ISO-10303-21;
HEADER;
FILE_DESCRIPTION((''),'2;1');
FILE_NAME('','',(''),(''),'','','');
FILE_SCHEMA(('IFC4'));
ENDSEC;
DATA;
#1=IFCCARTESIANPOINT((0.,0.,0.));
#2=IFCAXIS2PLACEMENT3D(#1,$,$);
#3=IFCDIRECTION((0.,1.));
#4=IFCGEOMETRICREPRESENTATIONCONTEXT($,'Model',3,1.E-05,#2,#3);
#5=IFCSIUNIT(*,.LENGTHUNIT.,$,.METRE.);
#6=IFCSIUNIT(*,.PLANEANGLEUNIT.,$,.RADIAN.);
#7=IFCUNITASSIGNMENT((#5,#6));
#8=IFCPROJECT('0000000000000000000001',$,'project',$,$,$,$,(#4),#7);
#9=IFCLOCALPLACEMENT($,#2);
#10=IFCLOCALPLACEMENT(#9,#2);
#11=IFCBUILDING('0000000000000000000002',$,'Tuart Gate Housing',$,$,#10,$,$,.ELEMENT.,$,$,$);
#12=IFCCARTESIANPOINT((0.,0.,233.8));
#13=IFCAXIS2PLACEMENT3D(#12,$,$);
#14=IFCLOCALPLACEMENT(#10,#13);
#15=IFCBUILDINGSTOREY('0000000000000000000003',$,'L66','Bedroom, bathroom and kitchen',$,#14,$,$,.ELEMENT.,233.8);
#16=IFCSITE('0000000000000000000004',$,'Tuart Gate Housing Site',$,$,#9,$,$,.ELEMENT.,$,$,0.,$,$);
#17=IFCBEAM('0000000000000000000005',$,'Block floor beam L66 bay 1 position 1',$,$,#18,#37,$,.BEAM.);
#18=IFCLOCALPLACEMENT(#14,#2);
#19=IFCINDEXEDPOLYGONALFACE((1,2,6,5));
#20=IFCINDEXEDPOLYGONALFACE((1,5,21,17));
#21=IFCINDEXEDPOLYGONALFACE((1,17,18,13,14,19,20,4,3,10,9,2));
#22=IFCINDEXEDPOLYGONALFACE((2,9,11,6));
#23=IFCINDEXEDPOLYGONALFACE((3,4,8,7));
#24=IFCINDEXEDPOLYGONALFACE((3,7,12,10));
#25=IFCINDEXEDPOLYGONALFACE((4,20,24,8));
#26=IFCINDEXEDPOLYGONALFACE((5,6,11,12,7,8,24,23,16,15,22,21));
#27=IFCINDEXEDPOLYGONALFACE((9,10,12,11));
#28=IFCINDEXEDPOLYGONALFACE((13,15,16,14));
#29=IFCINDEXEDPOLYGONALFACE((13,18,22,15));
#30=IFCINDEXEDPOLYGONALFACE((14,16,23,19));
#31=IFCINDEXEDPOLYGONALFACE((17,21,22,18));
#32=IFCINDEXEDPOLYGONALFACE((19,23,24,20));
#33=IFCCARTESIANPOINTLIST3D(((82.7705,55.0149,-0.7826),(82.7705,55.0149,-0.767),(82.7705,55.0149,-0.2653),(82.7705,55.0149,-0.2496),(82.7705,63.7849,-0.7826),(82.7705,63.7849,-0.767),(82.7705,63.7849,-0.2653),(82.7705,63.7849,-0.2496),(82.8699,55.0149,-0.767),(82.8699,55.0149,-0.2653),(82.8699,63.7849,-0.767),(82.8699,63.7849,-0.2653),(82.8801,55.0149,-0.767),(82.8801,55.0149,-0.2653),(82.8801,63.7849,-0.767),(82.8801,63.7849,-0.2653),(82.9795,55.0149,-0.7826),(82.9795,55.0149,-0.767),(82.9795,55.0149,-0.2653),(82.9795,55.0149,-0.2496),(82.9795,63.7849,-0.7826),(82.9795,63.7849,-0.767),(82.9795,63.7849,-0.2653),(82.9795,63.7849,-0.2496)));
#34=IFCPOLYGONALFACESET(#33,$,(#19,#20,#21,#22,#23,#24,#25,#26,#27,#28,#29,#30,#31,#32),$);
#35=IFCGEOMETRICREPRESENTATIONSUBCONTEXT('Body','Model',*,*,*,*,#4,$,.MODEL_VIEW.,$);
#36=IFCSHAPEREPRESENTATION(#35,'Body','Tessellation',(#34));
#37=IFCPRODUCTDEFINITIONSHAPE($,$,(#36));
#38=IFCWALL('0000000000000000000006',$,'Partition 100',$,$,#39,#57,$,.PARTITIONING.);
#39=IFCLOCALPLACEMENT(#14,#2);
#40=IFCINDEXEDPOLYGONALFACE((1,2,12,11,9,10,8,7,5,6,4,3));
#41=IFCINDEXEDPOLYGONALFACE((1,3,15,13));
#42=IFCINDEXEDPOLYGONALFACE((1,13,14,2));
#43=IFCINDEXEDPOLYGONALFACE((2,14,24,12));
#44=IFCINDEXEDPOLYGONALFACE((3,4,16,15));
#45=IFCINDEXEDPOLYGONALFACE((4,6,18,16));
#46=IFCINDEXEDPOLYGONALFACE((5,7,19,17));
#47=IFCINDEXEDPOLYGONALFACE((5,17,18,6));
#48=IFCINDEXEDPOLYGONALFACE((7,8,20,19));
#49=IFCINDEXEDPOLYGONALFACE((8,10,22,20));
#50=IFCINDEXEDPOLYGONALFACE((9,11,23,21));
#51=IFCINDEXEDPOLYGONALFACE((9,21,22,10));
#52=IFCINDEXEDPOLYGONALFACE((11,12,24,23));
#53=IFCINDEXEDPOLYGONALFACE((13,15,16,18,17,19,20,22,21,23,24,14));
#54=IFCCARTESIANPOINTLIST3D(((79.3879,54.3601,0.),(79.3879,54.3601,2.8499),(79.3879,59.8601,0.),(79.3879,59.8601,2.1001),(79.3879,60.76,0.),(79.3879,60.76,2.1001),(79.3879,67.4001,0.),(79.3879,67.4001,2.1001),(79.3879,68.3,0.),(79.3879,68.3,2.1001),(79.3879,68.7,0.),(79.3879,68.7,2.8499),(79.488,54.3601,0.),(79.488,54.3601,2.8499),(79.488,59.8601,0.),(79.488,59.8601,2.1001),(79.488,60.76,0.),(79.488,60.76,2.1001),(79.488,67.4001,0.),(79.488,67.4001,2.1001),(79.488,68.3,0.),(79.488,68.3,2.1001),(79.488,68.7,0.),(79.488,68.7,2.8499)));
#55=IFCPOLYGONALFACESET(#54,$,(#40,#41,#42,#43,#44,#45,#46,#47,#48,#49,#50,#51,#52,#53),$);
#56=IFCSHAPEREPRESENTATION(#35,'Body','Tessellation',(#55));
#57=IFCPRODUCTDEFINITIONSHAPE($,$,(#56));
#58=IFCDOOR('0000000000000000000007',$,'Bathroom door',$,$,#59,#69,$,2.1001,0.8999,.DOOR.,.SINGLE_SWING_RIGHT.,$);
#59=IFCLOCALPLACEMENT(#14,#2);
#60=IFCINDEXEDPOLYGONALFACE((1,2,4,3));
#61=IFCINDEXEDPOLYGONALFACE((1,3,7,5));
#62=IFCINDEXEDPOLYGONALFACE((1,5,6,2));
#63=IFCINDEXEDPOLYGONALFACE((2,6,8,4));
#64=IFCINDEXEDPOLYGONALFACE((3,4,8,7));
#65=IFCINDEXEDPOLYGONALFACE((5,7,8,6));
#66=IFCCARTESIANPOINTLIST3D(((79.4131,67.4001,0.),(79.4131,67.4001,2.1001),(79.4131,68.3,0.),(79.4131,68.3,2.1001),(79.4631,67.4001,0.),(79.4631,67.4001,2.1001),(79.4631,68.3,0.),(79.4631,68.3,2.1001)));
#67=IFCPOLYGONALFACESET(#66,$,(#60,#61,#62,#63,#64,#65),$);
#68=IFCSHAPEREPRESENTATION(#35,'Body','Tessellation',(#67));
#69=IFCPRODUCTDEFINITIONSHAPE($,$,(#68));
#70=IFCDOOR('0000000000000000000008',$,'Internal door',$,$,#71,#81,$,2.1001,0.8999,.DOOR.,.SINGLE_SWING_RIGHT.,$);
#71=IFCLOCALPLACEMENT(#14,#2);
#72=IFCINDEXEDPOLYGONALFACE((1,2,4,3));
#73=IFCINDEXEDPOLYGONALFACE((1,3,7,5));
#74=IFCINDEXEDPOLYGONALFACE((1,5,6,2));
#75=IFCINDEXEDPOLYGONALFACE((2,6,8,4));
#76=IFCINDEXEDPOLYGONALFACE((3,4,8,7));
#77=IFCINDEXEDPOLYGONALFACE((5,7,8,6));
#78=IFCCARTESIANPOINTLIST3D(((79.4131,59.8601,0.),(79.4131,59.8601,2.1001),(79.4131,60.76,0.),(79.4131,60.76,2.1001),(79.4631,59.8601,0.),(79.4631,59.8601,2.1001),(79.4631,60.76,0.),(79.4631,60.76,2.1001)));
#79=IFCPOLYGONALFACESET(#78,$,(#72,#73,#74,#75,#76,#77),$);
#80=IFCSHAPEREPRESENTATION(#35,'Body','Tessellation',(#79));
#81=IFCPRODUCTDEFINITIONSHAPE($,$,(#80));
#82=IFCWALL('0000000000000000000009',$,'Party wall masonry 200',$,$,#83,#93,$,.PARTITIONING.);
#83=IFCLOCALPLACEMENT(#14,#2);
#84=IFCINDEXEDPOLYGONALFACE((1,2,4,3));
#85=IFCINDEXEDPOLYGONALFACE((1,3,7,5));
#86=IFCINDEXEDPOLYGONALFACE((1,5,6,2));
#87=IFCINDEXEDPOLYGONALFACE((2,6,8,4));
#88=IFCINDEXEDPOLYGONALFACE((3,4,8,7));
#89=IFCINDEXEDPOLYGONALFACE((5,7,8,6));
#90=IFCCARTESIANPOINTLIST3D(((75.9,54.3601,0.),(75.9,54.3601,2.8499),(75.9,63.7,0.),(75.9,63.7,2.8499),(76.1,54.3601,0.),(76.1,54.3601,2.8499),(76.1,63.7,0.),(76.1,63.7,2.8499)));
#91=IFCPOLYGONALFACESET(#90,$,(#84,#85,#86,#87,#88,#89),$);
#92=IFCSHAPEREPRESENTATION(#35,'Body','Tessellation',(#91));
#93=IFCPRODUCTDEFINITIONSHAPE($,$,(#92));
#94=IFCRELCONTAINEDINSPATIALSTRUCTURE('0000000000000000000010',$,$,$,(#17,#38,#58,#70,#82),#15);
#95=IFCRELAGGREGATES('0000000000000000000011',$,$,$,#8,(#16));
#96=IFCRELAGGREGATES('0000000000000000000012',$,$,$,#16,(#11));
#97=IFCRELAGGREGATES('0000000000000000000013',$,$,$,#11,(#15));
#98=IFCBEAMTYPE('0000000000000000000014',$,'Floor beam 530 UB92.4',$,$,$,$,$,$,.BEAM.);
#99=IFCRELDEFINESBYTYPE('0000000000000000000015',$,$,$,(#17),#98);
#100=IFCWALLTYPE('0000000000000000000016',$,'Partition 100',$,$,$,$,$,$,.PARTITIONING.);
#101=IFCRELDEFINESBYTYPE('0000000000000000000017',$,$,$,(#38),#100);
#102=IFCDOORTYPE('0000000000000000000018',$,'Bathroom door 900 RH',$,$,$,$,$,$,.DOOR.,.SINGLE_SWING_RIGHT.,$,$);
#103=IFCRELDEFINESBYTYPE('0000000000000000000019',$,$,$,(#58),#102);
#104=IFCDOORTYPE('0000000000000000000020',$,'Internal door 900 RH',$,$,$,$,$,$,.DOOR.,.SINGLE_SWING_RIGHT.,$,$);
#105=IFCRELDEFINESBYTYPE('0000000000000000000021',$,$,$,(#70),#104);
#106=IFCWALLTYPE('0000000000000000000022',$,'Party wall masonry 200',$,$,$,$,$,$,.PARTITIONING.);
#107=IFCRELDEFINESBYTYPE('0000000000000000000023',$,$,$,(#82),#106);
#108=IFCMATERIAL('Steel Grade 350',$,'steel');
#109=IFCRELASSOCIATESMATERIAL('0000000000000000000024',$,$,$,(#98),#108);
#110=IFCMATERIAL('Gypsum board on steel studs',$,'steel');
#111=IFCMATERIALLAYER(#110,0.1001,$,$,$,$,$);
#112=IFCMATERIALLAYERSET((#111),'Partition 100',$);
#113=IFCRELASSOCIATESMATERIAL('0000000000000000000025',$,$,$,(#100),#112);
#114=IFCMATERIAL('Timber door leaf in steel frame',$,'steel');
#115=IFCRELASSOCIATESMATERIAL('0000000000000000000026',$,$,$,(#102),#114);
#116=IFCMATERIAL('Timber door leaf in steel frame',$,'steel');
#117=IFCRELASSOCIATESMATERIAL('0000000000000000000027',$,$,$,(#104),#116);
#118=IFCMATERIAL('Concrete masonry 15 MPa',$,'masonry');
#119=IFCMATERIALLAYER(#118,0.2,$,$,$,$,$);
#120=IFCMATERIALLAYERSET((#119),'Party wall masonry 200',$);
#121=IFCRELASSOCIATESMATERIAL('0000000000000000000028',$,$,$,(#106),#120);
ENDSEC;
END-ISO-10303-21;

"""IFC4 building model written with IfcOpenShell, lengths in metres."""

from ifc_helpers import new_model, si_unit, direction, frame, frame_2d, origin, origin_2d, place, context, subcontext, project, spatial, rectangle, i_section, extrude, material, layer, layer_set, material_profile, profile_set, type_object, element, fill, save


model = new_model("IFC4")

# Units and contexts
model_context = context("Model", 3, precision=1e-05, world=origin(), true_north=direction((0.0, 1.0)))
body_context = subcontext(model_context, "Body", "Model", "MODEL_VIEW")
ifc_project = project(units=[si_unit("LENGTHUNIT", "METRE"), si_unit("PLANEANGLEUNIT", "RADIAN")], contexts=[model_context])

# Site, building, storey
site_placement = place(None, origin())
site = spatial("IfcSite", under=ifc_project, at=site_placement, Name="Tuart Gate Housing Site", CompositionType="ELEMENT", RefElevation=0.0)
building_placement = place(site_placement, origin())
building = spatial("IfcBuilding", under=site, at=building_placement, Name="Tuart Gate Housing", CompositionType="ELEMENT")
storey_placement = place(building_placement, frame((0.0, 0.0, 233.8)))
storey = spatial("IfcBuildingStorey", under=building, at=storey_placement, Name="L66", Description="Bedroom, bathroom and kitchen", CompositionType="ELEMENT", Elevation=233.8)

# Beam
ifc_material_1 = material(Name="Steel Grade 350", Category="steel")
ifc_material_profile = material_profile(ifc_material_1, i_section(OverallWidth=0.209, OverallDepth=0.533, WebThickness=0.0103, FlangeThickness=0.0156, at=origin_2d()), Name="530UB92.4")
ifc_profile_set = profile_set([ifc_material_profile], Name="Steel Grade 350")
beam_type = type_object("IfcBeamType", Name="Floor beam 530 UB92.4", PredefinedType="BEAM", material=ifc_profile_set)
beam_placement = place(storey_placement, frame((82.875, 55.0149, -0.5161), z_axis=(0.0, 1.0, 0.0), x_axis=(-1.0, 0.0, 0.0)))
element("IfcBeam", 1, at=beam_placement, inside=storey, type_object=beam_type, Name="Block floor beam L66 bay 1 position 1", PredefinedType="BEAM", context=body_context, shape_type="SweptSolid", body=[
    extrude(i_section(OverallWidth=0.209, OverallDepth=0.533, WebThickness=0.0103, FlangeThickness=0.0156, at=origin_2d()), origin(), (0.0, 0.0, 1.0), 8.77),
])

# Wall, openings, doors
ifc_material_2 = material(Name="Gypsum board on steel studs", Category="steel")
ifc_layer_1 = layer(ifc_material_2, 0.1001)
ifc_layer_set_1 = layer_set([ifc_layer_1], Name="Partition 100")
wall_type_1 = type_object("IfcWallType", Name="Partition 100", PredefinedType="PARTITIONING", material=ifc_layer_set_1)
wall_1_placement = place(storey_placement, frame((79.438, 54.3601, 0.0), z_axis=(0.0, 0.0, 1.0), x_axis=(0.0, 1.0, 0.0)))
wall_1 = element("IfcWall", 2, at=wall_1_placement, inside=storey, type_object=wall_type_1, Name="Partition 100", PredefinedType="PARTITIONING", context=body_context, shape_type="SweptSolid", body=[
    extrude(rectangle(XDim=14.3398, YDim=0.1001, at=frame_2d((7.1699, 0.0))), origin(), (0.0, 0.0, 1.0), 2.8499),
])
opening_1_placement = place(wall_1_placement, frame((5.5, 0.0, 0.0)))
opening_1 = element("IfcOpeningElement", 3, at=opening_1_placement, cuts=wall_1, PredefinedType="OPENING", context=body_context, shape_type="SweptSolid", body=[
    extrude(rectangle(XDim=0.8999, YDim=2.1001, at=frame_2d((0.45, 1.05))), frame((0.0, 0.0601, 0.0), z_axis=(0.0, -1.0, 0.0), x_axis=(1.0, 0.0, 0.0)), (0.0, 0.0, 1.0), 0.1201),
])
opening_2_placement = place(wall_1_placement, frame((13.04, 0.0, 0.0)))
opening_2 = element("IfcOpeningElement", 4, at=opening_2_placement, cuts=wall_1, PredefinedType="OPENING", context=body_context, shape_type="SweptSolid", body=[
    extrude(rectangle(XDim=0.8999, YDim=2.1001, at=frame_2d((0.45, 1.05))), frame((0.0, 0.0601, 0.0), z_axis=(0.0, -1.0, 0.0), x_axis=(1.0, 0.0, 0.0)), (0.0, 0.0, 1.0), 0.1201),
])
ifc_material_3 = material(Name="Timber door leaf in steel frame", Category="steel")
door_type_1 = type_object("IfcDoorType", Name="Bathroom door 900 RH", OperationType="SINGLE_SWING_RIGHT", PredefinedType="DOOR", material=ifc_material_3)
door_1_placement = place(opening_2_placement, origin())
door_1 = element("IfcDoor", 5, at=door_1_placement, inside=storey, type_object=door_type_1, Name="Bathroom door", OperationType="SINGLE_SWING_RIGHT", OverallHeight=2.1001, OverallWidth=0.8999, PredefinedType="DOOR", context=body_context, shape_type="SweptSolid", body=[
    extrude(rectangle(XDim=0.8999, YDim=2.1001, at=frame_2d((0.45, 1.05))), frame((0.0, 0.0249, 0.0), z_axis=(0.0, -1.0, 0.0), x_axis=(1.0, 0.0, 0.0)), (0.0, 0.0, 1.0), 0.05),
])
fill(opening_2, door_1)
ifc_material_4 = material(Name="Timber door leaf in steel frame", Category="steel")
door_type_2 = type_object("IfcDoorType", Name="Internal door 900 RH", OperationType="SINGLE_SWING_RIGHT", PredefinedType="DOOR", material=ifc_material_4)
door_2_placement = place(opening_1_placement, origin())
door_2 = element("IfcDoor", 6, at=door_2_placement, inside=storey, type_object=door_type_2, Name="Internal door", OperationType="SINGLE_SWING_RIGHT", OverallHeight=2.1001, OverallWidth=0.8999, PredefinedType="DOOR", context=body_context, shape_type="SweptSolid", body=[
    extrude(rectangle(XDim=0.8999, YDim=2.1001, at=frame_2d((0.45, 1.05))), frame((0.0, 0.0249, 0.0), z_axis=(0.0, -1.0, 0.0), x_axis=(1.0, 0.0, 0.0)), (0.0, 0.0, 1.0), 0.05),
])
fill(opening_1, door_2)

# Wall
ifc_material_5 = material(Name="Concrete masonry 15 MPa", Category="masonry")
ifc_layer_2 = layer(ifc_material_5, 0.2)
ifc_layer_set_2 = layer_set([ifc_layer_2], Name="Party wall masonry 200")
wall_type_2 = type_object("IfcWallType", Name="Party wall masonry 200", PredefinedType="PARTITIONING", material=ifc_layer_set_2)
wall_2_placement = place(storey_placement, frame((76.0, 54.3601, 0.0), z_axis=(0.0, 0.0, 1.0), x_axis=(0.0, 1.0, 0.0)))
element("IfcWall", 7, at=wall_2_placement, inside=storey, type_object=wall_type_2, Name="Party wall masonry 200", PredefinedType="PARTITIONING", context=body_context, shape_type="SweptSolid", body=[
    extrude(rectangle(XDim=9.3398, YDim=0.2, at=frame_2d((4.6699, 0.0))), origin(), (0.0, 0.0, 1.0), 2.8499),
])

save(model, "model.ifc")
